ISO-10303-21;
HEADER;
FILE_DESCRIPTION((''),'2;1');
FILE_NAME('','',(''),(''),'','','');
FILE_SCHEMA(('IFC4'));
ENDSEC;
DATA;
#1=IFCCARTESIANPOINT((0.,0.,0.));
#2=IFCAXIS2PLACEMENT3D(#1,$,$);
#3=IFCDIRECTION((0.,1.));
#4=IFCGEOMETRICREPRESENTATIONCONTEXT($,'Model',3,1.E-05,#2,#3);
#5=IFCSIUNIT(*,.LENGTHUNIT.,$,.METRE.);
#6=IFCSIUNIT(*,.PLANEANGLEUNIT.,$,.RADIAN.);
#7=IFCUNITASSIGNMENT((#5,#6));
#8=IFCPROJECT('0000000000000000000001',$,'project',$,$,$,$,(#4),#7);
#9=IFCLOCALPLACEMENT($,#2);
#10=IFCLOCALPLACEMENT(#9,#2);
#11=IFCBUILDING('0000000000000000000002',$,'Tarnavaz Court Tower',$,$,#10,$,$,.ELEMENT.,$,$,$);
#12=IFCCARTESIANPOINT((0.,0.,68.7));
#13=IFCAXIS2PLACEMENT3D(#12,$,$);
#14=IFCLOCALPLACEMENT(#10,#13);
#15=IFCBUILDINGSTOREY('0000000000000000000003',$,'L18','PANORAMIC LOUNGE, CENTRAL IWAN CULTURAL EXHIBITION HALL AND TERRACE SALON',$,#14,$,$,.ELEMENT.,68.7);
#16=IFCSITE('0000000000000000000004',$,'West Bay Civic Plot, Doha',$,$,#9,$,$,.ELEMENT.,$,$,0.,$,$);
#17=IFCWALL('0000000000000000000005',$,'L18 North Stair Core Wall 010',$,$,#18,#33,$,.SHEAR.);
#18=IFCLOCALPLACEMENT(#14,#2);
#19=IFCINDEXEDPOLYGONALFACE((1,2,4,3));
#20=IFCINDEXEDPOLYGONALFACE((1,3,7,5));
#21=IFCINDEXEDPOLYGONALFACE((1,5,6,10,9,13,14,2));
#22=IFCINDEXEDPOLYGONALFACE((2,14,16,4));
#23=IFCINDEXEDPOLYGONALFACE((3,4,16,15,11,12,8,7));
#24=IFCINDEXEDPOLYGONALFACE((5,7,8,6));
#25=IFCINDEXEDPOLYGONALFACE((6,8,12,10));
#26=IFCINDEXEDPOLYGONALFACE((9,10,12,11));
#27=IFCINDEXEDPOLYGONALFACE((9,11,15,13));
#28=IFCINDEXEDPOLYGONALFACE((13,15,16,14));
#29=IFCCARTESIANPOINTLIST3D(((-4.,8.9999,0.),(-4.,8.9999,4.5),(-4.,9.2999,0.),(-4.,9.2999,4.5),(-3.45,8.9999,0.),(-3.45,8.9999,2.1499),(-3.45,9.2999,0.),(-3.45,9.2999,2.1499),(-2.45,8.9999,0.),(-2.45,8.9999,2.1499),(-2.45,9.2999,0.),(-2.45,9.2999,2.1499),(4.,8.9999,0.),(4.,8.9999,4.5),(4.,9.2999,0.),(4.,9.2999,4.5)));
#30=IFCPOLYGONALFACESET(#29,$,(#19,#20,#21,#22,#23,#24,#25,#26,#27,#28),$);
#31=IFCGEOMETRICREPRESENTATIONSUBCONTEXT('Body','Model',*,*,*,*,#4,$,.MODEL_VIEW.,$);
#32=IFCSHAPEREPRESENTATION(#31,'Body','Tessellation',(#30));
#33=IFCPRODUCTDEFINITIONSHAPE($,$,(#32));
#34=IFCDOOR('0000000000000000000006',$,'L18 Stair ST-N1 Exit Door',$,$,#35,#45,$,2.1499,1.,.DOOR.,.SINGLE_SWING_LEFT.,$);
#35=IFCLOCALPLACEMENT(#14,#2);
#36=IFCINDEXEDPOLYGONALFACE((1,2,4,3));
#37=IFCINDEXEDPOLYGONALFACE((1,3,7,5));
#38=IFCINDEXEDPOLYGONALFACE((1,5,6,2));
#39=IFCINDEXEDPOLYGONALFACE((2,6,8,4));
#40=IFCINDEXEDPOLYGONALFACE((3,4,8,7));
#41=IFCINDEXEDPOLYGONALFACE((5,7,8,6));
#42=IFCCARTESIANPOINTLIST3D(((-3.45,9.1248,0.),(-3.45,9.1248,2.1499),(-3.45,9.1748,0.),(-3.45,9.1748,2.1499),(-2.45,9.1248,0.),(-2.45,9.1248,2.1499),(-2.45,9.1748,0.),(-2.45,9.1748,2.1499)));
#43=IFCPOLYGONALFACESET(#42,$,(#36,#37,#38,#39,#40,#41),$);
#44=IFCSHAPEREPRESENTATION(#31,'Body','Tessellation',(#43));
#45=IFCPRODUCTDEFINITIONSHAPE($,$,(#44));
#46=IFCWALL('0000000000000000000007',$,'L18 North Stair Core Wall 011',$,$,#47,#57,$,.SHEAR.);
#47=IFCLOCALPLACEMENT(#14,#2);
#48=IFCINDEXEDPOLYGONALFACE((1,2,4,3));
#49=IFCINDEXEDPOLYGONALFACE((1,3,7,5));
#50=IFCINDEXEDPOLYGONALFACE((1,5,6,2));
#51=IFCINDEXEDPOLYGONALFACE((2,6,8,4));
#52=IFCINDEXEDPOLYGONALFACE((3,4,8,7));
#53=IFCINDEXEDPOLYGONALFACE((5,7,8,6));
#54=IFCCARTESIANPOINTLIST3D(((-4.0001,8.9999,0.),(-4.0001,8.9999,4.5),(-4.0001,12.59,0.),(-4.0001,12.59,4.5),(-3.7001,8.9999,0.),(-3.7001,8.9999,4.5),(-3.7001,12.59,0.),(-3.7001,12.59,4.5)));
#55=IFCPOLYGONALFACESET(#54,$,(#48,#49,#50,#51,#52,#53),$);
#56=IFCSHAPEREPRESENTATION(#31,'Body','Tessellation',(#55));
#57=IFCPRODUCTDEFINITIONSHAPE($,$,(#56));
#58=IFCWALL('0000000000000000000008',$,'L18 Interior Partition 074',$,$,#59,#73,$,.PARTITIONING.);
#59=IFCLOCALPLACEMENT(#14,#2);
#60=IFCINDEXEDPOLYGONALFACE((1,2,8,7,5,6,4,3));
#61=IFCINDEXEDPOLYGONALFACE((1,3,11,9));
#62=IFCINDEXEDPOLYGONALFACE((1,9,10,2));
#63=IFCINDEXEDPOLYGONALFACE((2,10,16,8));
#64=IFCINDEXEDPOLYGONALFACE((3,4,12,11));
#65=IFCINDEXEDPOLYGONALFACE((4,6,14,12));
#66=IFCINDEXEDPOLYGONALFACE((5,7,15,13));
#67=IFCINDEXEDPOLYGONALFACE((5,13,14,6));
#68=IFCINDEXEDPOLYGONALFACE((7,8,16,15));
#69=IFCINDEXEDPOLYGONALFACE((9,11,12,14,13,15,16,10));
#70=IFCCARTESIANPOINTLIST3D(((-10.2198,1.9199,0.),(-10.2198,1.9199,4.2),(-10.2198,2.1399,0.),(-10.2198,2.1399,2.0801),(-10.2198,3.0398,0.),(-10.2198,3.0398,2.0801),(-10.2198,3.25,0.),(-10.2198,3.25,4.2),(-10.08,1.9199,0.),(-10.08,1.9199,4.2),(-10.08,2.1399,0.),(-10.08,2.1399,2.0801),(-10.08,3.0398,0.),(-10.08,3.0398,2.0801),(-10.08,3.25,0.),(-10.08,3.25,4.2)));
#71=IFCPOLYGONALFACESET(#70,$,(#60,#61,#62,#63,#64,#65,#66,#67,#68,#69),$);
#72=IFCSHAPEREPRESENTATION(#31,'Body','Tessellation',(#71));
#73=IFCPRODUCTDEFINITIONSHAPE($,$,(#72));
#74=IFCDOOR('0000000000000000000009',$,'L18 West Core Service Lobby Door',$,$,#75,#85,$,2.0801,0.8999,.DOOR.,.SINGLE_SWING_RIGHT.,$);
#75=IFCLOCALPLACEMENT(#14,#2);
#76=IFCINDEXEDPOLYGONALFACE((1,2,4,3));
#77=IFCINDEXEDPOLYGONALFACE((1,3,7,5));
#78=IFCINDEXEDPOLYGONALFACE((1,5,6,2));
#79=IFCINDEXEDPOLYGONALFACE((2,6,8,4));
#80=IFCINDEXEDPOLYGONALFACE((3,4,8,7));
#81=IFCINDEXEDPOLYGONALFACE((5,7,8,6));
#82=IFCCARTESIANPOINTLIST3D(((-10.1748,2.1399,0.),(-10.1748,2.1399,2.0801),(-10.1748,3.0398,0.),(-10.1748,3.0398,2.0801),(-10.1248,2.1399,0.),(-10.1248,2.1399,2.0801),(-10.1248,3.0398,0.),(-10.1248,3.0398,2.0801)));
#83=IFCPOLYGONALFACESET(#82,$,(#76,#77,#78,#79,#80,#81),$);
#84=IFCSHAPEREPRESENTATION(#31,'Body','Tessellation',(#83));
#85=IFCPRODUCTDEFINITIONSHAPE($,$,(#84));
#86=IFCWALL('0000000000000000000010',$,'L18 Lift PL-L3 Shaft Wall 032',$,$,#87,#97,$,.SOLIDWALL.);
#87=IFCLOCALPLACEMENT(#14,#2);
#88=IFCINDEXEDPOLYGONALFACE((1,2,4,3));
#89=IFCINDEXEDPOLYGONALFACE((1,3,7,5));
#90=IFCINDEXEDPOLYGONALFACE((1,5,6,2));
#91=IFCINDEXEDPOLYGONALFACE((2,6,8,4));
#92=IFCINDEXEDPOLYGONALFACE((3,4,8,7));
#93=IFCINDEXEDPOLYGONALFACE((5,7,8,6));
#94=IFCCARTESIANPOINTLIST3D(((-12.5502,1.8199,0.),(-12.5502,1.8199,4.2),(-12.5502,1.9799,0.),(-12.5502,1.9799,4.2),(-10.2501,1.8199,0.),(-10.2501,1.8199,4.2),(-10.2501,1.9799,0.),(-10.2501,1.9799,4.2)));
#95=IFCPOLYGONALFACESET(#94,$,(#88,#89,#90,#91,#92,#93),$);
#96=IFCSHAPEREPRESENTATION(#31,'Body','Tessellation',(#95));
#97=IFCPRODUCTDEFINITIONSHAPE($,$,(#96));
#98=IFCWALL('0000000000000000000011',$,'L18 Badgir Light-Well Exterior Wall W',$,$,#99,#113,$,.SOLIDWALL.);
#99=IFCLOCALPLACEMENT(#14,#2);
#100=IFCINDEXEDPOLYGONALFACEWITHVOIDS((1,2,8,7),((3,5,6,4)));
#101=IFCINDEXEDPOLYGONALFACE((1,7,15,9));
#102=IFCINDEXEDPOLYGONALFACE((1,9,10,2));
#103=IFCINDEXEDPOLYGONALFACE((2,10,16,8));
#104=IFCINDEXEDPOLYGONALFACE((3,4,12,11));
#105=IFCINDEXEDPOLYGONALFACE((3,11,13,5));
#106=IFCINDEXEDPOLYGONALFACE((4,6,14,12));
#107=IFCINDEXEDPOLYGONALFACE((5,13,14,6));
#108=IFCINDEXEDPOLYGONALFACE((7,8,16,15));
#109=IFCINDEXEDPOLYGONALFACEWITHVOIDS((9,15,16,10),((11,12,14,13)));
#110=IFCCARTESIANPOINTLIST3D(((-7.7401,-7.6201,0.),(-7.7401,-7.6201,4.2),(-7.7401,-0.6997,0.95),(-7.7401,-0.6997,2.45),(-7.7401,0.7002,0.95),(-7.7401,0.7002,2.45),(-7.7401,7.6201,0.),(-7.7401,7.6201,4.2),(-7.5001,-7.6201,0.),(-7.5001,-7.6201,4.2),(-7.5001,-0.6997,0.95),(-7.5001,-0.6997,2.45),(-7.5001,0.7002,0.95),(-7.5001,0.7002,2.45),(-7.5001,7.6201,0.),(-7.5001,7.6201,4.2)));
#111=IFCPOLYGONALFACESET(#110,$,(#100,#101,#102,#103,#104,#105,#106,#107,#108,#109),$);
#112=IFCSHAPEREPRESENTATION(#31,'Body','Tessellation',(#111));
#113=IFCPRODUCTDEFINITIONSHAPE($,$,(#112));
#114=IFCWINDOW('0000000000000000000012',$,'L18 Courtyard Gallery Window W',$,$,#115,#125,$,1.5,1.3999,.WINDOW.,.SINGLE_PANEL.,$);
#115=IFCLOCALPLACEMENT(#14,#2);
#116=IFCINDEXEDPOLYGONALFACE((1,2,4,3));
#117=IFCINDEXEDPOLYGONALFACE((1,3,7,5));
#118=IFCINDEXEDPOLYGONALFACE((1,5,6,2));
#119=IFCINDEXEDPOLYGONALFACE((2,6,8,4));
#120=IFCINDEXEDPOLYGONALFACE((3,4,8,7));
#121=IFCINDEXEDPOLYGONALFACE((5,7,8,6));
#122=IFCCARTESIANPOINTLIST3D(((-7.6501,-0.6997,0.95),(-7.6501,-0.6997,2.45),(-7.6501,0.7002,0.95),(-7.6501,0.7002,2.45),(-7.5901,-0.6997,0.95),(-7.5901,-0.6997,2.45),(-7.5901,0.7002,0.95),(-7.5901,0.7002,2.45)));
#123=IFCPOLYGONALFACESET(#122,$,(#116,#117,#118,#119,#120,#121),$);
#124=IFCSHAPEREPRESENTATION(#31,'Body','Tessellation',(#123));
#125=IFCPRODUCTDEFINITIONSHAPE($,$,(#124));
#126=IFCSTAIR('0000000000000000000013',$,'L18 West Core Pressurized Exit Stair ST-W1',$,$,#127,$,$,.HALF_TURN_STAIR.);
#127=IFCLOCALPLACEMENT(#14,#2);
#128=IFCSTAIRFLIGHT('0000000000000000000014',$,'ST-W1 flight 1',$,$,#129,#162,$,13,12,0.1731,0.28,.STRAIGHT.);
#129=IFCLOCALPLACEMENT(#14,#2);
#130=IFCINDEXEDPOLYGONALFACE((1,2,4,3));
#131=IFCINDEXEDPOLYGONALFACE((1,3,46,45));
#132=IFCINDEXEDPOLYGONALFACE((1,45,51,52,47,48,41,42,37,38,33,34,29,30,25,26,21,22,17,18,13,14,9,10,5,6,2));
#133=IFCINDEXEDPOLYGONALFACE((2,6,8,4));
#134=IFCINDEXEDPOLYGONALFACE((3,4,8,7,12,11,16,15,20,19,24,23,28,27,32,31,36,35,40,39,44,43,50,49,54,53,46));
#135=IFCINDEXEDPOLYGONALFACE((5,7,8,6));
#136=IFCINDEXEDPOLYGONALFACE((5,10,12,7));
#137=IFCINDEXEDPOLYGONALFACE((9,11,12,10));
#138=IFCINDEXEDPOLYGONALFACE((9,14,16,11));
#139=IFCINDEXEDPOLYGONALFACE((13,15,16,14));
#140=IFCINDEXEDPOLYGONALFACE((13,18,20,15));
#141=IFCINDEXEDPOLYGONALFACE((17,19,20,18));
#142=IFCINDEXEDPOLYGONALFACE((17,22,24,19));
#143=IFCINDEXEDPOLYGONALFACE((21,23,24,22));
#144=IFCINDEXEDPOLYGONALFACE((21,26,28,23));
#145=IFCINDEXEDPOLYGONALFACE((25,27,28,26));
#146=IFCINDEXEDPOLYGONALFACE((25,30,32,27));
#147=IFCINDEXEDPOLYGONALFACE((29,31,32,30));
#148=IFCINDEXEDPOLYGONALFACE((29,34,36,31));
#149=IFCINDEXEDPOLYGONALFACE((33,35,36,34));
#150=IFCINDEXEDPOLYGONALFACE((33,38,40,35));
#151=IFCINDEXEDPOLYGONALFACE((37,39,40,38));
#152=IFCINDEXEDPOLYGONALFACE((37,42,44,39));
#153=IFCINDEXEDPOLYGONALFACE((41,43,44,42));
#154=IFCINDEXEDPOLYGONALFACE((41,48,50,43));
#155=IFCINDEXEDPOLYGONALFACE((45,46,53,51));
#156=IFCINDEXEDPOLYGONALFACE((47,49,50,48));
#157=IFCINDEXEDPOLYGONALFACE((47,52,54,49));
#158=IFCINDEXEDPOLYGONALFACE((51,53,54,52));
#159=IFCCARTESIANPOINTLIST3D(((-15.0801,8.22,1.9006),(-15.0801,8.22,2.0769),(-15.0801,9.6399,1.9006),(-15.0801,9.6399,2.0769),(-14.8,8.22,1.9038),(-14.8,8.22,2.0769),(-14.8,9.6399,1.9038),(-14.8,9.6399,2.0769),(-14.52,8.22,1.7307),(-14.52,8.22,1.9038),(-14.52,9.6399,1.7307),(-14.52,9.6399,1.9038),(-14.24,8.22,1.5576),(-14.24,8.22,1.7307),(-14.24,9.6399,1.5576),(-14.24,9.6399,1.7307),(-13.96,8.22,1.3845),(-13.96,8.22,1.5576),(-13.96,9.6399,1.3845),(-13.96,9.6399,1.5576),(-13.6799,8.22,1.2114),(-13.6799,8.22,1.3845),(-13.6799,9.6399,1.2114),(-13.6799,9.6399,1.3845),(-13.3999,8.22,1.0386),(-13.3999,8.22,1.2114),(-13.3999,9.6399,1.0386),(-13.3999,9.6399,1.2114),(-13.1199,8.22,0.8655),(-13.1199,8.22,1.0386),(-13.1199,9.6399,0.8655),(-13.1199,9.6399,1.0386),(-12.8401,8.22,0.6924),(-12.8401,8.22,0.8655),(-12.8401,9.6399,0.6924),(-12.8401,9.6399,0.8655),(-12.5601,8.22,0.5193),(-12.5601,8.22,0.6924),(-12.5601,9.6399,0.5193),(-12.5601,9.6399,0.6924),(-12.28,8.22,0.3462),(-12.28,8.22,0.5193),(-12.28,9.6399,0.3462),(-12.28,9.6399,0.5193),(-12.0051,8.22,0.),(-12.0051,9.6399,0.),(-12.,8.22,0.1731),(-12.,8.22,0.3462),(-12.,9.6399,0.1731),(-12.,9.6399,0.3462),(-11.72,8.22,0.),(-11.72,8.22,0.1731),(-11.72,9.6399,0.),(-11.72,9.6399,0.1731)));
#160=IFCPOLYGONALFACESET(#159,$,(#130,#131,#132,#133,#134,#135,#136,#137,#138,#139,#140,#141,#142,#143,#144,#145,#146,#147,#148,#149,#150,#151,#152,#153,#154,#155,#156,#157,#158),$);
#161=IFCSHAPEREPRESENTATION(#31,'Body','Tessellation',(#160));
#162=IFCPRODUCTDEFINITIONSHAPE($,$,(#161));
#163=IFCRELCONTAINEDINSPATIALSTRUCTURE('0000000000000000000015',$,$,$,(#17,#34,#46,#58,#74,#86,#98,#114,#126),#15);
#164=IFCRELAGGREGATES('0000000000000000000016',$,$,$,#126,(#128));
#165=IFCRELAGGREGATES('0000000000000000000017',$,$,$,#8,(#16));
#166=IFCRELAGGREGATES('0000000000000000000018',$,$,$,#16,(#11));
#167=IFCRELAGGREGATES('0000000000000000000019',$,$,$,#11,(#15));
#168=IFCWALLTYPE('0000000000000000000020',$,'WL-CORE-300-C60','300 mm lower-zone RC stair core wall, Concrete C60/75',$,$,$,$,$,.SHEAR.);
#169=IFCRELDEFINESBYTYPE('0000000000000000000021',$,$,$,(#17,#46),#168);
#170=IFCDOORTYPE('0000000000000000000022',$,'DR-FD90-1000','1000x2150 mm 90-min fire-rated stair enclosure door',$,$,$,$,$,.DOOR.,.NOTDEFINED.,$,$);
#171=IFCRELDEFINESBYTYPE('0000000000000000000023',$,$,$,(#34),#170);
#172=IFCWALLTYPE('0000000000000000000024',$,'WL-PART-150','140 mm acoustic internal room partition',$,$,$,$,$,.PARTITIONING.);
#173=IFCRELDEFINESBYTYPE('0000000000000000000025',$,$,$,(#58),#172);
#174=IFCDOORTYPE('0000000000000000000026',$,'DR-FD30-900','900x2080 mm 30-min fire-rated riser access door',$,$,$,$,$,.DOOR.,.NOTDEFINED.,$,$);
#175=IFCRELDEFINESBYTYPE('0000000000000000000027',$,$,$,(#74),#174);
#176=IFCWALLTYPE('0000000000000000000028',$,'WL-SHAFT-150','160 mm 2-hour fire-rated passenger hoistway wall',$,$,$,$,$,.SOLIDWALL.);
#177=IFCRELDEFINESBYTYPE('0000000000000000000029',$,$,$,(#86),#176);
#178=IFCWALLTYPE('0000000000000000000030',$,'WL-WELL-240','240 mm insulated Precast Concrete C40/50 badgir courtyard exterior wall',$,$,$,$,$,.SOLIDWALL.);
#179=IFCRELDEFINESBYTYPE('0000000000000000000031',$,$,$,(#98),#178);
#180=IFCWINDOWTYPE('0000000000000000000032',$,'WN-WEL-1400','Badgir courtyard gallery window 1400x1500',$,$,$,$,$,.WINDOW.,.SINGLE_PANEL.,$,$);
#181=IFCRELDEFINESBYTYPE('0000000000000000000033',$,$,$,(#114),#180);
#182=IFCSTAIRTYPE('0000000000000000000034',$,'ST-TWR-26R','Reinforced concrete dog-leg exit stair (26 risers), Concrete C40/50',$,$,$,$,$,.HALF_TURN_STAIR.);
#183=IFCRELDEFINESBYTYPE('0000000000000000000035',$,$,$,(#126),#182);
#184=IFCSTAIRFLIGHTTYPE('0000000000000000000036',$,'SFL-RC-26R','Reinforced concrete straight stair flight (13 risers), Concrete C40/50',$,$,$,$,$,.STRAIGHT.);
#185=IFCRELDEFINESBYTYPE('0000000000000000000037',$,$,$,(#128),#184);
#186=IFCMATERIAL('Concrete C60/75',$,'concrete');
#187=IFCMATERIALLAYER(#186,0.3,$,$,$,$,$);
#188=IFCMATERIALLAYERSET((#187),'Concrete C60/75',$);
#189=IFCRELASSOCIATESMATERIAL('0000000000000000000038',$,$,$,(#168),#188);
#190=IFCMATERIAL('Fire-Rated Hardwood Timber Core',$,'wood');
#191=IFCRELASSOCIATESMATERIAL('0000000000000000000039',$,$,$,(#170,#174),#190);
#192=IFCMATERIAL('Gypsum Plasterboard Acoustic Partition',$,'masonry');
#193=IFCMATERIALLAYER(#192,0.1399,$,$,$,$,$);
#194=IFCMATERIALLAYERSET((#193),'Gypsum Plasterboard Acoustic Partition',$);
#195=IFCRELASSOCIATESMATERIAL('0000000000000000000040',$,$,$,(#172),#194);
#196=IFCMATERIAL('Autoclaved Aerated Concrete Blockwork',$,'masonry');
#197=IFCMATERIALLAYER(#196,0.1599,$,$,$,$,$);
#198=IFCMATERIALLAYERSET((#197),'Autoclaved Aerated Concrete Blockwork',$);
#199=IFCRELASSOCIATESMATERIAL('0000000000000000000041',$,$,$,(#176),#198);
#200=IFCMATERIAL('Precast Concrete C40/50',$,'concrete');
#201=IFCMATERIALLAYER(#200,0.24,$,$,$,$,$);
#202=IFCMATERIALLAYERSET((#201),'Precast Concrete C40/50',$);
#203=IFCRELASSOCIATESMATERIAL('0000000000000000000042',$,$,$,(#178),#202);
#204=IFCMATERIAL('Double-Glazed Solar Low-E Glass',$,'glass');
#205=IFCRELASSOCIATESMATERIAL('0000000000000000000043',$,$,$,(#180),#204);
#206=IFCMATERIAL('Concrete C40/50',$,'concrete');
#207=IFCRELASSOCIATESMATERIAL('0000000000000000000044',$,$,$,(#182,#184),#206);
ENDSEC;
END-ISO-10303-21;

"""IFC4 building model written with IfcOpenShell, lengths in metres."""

from ifc_helpers import new_model, si_unit, direction, frame, frame_2d, origin, place, context, subcontext, project, spatial, polyline, rectangle, outline, extrude, material, layer, layer_set, type_object, element, fill, aggregate, save


model = new_model("IFC4")

# Units and contexts
model_context = context("Model", 3, precision=1e-05, world=origin(), true_north=direction((0.0, 1.0)))
body_context = subcontext(model_context, "Body", "Model", "MODEL_VIEW")
ifc_project = project(units=[si_unit("LENGTHUNIT", "METRE"), si_unit("PLANEANGLEUNIT", "RADIAN")], contexts=[model_context])

# Site, building, storey
site_placement = place(None, origin())
site = spatial("IfcSite", under=ifc_project, at=site_placement, Name="West Bay Civic Plot, Doha", CompositionType="ELEMENT", RefElevation=0.0)
building_placement = place(site_placement, origin())
building = spatial("IfcBuilding", under=site, at=building_placement, Name="Tarnavaz Court Tower", CompositionType="ELEMENT")
storey_placement = place(building_placement, frame((0.0, 0.0, 68.7)))
storey = spatial("IfcBuildingStorey", under=building, at=storey_placement, Name="L18", Description="PANORAMIC LOUNGE, CENTRAL IWAN CULTURAL EXHIBITION HALL AND TERRACE SALON", CompositionType="ELEMENT", Elevation=68.7)

# Shared definitions
ifc_material_1 = material(Name="Concrete C60/75", Category="concrete")

# Shared definitions
ifc_material_2 = material(Name="Double-Glazed Solar Low-E Glass", Category="glass")

# Shared definitions
ifc_layer_1 = layer(ifc_material_1, 0.3)
ifc_layer_set_1 = layer_set([ifc_layer_1], Name="Concrete C60/75")
wall_type_1 = type_object("IfcWallType", Name="WL-CORE-300-C60", Description="300 mm lower-zone RC stair core wall, Concrete C60/75", PredefinedType="SHEAR", material=ifc_layer_set_1)

# Wall, opening, door
wall_1_placement = place(storey_placement, frame((-4.0, 9.1499, 0.0), z_axis=(0.0, 0.0, 1.0), x_axis=(1.0, 0.0, 0.0)))
wall_1 = element("IfcWall", 1, at=wall_1_placement, inside=storey, type_object=wall_type_1, Name="L18 North Stair Core Wall 010", PredefinedType="SHEAR", context=body_context, shape_type="SweptSolid", body=[
    extrude(rectangle(XDim=8.0, YDim=0.3, at=frame_2d((4.0, 0.0))), origin(), (0.0, 0.0, 1.0), 4.5),
])
opening_1_placement = place(wall_1_placement, frame((0.55, 0.0, 0.0)))
opening_1 = element("IfcOpeningElement", 2, at=opening_1_placement, cuts=wall_1, PredefinedType="OPENING", context=body_context, shape_type="SweptSolid", body=[
    extrude(rectangle(XDim=1.0, YDim=2.1499, at=frame_2d((0.5, 1.075))), frame((0.0, 0.1599, 0.0), z_axis=(0.0, -1.0, 0.0), x_axis=(1.0, 0.0, 0.0)), (0.0, 0.0, 1.0), 0.3201),
])
ifc_material_3 = material(Name="Fire-Rated Hardwood Timber Core", Category="wood")
door_type_1 = type_object("IfcDoorType", Name="DR-FD90-1000", Description="1000x2150 mm 90-min fire-rated stair enclosure door", OperationType="NOTDEFINED", PredefinedType="DOOR", material=ifc_material_3)
door_1_placement = place(opening_1_placement, origin())
door_1 = element("IfcDoor", 3, at=door_1_placement, inside=storey, type_object=door_type_1, Name="L18 Stair ST-N1 Exit Door", OperationType="SINGLE_SWING_LEFT", OverallHeight=2.1499, OverallWidth=1.0, PredefinedType="DOOR", context=body_context, shape_type="SweptSolid", body=[
    extrude(rectangle(XDim=1.0, YDim=2.1499, at=frame_2d((0.5, 1.075))), frame((0.0, 0.0249, 0.0), z_axis=(0.0, -1.0, 0.0), x_axis=(1.0, 0.0, 0.0)), (0.0, 0.0, 1.0), 0.05),
])
fill(opening_1, door_1)

# Wall
wall_2_placement = place(storey_placement, frame((-3.8501, 9.0, 0.0), z_axis=(0.0, 0.0, 1.0), x_axis=(0.0, 1.0, 0.0)))
element("IfcWall", 4, at=wall_2_placement, inside=storey, type_object=wall_type_1, Name="L18 North Stair Core Wall 011", PredefinedType="SHEAR", context=body_context, shape_type="SweptSolid", body=[
    extrude(rectangle(XDim=3.5901, YDim=0.3, at=frame_2d((1.7949, 0.0))), origin(), (0.0, 0.0, 1.0), 4.5),
])

# Wall, opening, door
ifc_material_4 = material(Name="Autoclaved Aerated Concrete Blockwork", Category="masonry")
ifc_material_5 = material(Name="Gypsum Plasterboard Acoustic Partition", Category="masonry")
ifc_layer_2 = layer(ifc_material_5, 0.1399)
ifc_layer_set_2 = layer_set([ifc_layer_2], Name="Gypsum Plasterboard Acoustic Partition")
wall_type_2 = type_object("IfcWallType", Name="WL-PART-150", Description="140 mm acoustic internal room partition", PredefinedType="PARTITIONING", material=ifc_layer_set_2)
wall_3_placement = place(storey_placement, frame((-10.1499, 1.9199, 0.0), z_axis=(0.0, 0.0, 1.0), x_axis=(0.0, 1.0, 0.0)))
wall_3 = element("IfcWall", 5, at=wall_3_placement, inside=storey, type_object=wall_type_2, Name="L18 Interior Partition 074", PredefinedType="PARTITIONING", context=body_context, shape_type="SweptSolid", body=[
    extrude(rectangle(XDim=1.3301, YDim=0.1399, at=frame_2d((0.665, 0.0))), origin(), (0.0, 0.0, 1.0), 4.2),
])
opening_2_placement = place(wall_3_placement, frame((0.22, 0.0, 0.0)))
opening_2 = element("IfcOpeningElement", 6, at=opening_2_placement, cuts=wall_3, PredefinedType="OPENING", context=body_context, shape_type="SweptSolid", body=[
    extrude(rectangle(XDim=0.8999, YDim=2.0801, at=frame_2d((0.45, 1.04))), frame((0.0, 0.0798, 0.0), z_axis=(0.0, -1.0, 0.0), x_axis=(1.0, 0.0, 0.0)), (0.0, 0.0, 1.0), 0.1599),
])
door_type_2 = type_object("IfcDoorType", Name="DR-FD30-900", Description="900x2080 mm 30-min fire-rated riser access door", OperationType="NOTDEFINED", PredefinedType="DOOR", material=ifc_material_3)
door_2_placement = place(opening_2_placement, origin())
door_2 = element("IfcDoor", 7, at=door_2_placement, inside=storey, type_object=door_type_2, Name="L18 West Core Service Lobby Door", OperationType="SINGLE_SWING_RIGHT", OverallHeight=2.0801, OverallWidth=0.8999, PredefinedType="DOOR", context=body_context, shape_type="SweptSolid", body=[
    extrude(rectangle(XDim=0.8999, YDim=2.0801, at=frame_2d((0.45, 1.04))), frame((0.0, 0.0249, 0.0), z_axis=(0.0, -1.0, 0.0), x_axis=(1.0, 0.0, 0.0)), (0.0, 0.0, 1.0), 0.05),
])
fill(opening_2, door_2)

# Wall
ifc_layer_3 = layer(ifc_material_4, 0.1599)
ifc_layer_set_3 = layer_set([ifc_layer_3], Name="Autoclaved Aerated Concrete Blockwork")
wall_type_3 = type_object("IfcWallType", Name="WL-SHAFT-150", Description="160 mm 2-hour fire-rated passenger hoistway wall", PredefinedType="SOLIDWALL", material=ifc_layer_set_3)
wall_4_placement = place(storey_placement, frame((-12.55, 1.8999, 0.0), z_axis=(0.0, 0.0, 1.0), x_axis=(1.0, 0.0, 0.0)))
element("IfcWall", 8, at=wall_4_placement, inside=storey, type_object=wall_type_3, Name="L18 Lift PL-L3 Shaft Wall 032", PredefinedType="SOLIDWALL", context=body_context, shape_type="SweptSolid", body=[
    extrude(rectangle(XDim=2.3, YDim=0.1599, at=frame_2d((1.1499, 0.0))), origin(), (0.0, 0.0, 1.0), 4.2),
])

# Wall, opening, window
ifc_material_6 = material(Name="Precast Concrete C40/50", Category="concrete")
ifc_layer_4 = layer(ifc_material_6, 0.24)
ifc_layer_set_4 = layer_set([ifc_layer_4], Name="Precast Concrete C40/50")
wall_type_4 = type_object("IfcWallType", Name="WL-WELL-240", Description="240 mm insulated Precast Concrete C40/50 badgir courtyard exterior wall", PredefinedType="SOLIDWALL", material=ifc_layer_set_4)
wall_5_placement = place(storey_placement, frame((-7.6201, 7.6201, 0.0), z_axis=(0.0, 0.0, 1.0), x_axis=(0.0, -1.0, 0.0)))
wall_5 = element("IfcWall", 9, at=wall_5_placement, inside=storey, type_object=wall_type_4, Name="L18 Badgir Light-Well Exterior Wall W", PredefinedType="SOLIDWALL", context=body_context, shape_type="SweptSolid", body=[
    extrude(rectangle(XDim=15.2402, YDim=0.24, at=frame_2d((7.6201, 0.0))), origin(), (0.0, 0.0, 1.0), 4.2),
])
opening_3_placement = place(wall_5_placement, frame((6.9199, 0.0, 0.95)))
opening_3 = element("IfcOpeningElement", 10, at=opening_3_placement, cuts=wall_5, PredefinedType="OPENING", context=body_context, shape_type="SweptSolid", body=[
    extrude(rectangle(XDim=1.3999, YDim=1.5, at=frame_2d((0.7, 0.75))), frame((0.0, 0.1299, 0.0), z_axis=(0.0, -1.0, 0.0), x_axis=(1.0, 0.0, 0.0)), (0.0, 0.0, 1.0), 0.26),
])
window_type = type_object("IfcWindowType", Name="WN-WEL-1400", Description="Badgir courtyard gallery window 1400x1500", PartitioningType="SINGLE_PANEL", PredefinedType="WINDOW", material=ifc_material_2)
window_placement = place(opening_3_placement, origin())
window = element("IfcWindow", 11, at=window_placement, inside=storey, type_object=window_type, Name="L18 Courtyard Gallery Window W", OverallHeight=1.5, OverallWidth=1.3999, PartitioningType="SINGLE_PANEL", PredefinedType="WINDOW", context=body_context, shape_type="SweptSolid", body=[
    extrude(rectangle(XDim=1.3999, YDim=1.5, at=frame_2d((0.7, 0.75))), frame((0.0, 0.03, 0.0), z_axis=(0.0, -1.0, 0.0), x_axis=(1.0, 0.0, 0.0)), (0.0, 0.0, 1.0), 0.0601),
])
fill(opening_3, window)

# Stair, stair flight
ifc_material_7 = material(Name="Concrete C40/50", Category="concrete")
stair_type = type_object("IfcStairType", Name="ST-TWR-26R", Description="Reinforced concrete dog-leg exit stair (26 risers), Concrete C40/50", PredefinedType="HALF_TURN_STAIR", material=ifc_material_7)
stair_1_placement = place(storey_placement, origin())
stair_1 = element("IfcStair", 12, at=stair_1_placement, inside=storey, type_object=stair_type, Name="L18 West Core Pressurized Exit Stair ST-W1", PredefinedType="HALF_TURN_STAIR")
stair_flight_type = type_object("IfcStairFlightType", Name="SFL-RC-26R", Description="Reinforced concrete straight stair flight (13 risers), Concrete C40/50", PredefinedType="STRAIGHT", material=ifc_material_7)
stair_flight_1_placement = place(storey_placement, frame((-11.72, 8.9299, 0.0), z_axis=(0.0, 0.0, 1.0), x_axis=(-1.0, 0.0, 0.0)))
stair_flight_1 = element("IfcStairFlight", 13, at=stair_flight_1_placement, type_object=stair_flight_type, Name="ST-W1 flight 1", NumberOfRisers=13, NumberOfTreads=12, PredefinedType="STRAIGHT", RiserHeight=0.1731, TreadLength=0.28, context=body_context, shape_type="SweptSolid", body=[
    extrude(outline(polyline([(0.0, 0.0), (0.0, 0.1731), (0.28, 0.1731), (0.28, 0.3462), (0.5601, 0.3462), (0.5601, 0.5193), (0.8401, 0.5193), (0.8401, 0.6924), (1.1201, 0.6924), (1.1201, 0.8655), (1.3999, 0.8655), (1.3999, 1.0386), (1.6799, 1.0386), (1.6799, 1.2114), (1.96, 1.2114), (1.96, 1.3845), (2.24, 1.3845), (2.24, 1.5576), (2.52, 1.5576), (2.52, 1.7307), (2.8, 1.7307), (2.8, 1.9038), (3.0801, 1.9038), (3.0801, 2.0769), (3.3601, 2.0769), (3.3601, 2.25), (3.3601, 1.9006), (0.2852, 0.0), (0.0, 0.0)])), frame((0.0, 0.71, 0.0), z_axis=(0.0, -1.0, 0.0), x_axis=(1.0, 0.0, 0.0)), (0.0, 0.0, 1.0), 1.4199),
])
aggregate(stair_1, [stair_flight_1])

save(model, "model.ifc")
